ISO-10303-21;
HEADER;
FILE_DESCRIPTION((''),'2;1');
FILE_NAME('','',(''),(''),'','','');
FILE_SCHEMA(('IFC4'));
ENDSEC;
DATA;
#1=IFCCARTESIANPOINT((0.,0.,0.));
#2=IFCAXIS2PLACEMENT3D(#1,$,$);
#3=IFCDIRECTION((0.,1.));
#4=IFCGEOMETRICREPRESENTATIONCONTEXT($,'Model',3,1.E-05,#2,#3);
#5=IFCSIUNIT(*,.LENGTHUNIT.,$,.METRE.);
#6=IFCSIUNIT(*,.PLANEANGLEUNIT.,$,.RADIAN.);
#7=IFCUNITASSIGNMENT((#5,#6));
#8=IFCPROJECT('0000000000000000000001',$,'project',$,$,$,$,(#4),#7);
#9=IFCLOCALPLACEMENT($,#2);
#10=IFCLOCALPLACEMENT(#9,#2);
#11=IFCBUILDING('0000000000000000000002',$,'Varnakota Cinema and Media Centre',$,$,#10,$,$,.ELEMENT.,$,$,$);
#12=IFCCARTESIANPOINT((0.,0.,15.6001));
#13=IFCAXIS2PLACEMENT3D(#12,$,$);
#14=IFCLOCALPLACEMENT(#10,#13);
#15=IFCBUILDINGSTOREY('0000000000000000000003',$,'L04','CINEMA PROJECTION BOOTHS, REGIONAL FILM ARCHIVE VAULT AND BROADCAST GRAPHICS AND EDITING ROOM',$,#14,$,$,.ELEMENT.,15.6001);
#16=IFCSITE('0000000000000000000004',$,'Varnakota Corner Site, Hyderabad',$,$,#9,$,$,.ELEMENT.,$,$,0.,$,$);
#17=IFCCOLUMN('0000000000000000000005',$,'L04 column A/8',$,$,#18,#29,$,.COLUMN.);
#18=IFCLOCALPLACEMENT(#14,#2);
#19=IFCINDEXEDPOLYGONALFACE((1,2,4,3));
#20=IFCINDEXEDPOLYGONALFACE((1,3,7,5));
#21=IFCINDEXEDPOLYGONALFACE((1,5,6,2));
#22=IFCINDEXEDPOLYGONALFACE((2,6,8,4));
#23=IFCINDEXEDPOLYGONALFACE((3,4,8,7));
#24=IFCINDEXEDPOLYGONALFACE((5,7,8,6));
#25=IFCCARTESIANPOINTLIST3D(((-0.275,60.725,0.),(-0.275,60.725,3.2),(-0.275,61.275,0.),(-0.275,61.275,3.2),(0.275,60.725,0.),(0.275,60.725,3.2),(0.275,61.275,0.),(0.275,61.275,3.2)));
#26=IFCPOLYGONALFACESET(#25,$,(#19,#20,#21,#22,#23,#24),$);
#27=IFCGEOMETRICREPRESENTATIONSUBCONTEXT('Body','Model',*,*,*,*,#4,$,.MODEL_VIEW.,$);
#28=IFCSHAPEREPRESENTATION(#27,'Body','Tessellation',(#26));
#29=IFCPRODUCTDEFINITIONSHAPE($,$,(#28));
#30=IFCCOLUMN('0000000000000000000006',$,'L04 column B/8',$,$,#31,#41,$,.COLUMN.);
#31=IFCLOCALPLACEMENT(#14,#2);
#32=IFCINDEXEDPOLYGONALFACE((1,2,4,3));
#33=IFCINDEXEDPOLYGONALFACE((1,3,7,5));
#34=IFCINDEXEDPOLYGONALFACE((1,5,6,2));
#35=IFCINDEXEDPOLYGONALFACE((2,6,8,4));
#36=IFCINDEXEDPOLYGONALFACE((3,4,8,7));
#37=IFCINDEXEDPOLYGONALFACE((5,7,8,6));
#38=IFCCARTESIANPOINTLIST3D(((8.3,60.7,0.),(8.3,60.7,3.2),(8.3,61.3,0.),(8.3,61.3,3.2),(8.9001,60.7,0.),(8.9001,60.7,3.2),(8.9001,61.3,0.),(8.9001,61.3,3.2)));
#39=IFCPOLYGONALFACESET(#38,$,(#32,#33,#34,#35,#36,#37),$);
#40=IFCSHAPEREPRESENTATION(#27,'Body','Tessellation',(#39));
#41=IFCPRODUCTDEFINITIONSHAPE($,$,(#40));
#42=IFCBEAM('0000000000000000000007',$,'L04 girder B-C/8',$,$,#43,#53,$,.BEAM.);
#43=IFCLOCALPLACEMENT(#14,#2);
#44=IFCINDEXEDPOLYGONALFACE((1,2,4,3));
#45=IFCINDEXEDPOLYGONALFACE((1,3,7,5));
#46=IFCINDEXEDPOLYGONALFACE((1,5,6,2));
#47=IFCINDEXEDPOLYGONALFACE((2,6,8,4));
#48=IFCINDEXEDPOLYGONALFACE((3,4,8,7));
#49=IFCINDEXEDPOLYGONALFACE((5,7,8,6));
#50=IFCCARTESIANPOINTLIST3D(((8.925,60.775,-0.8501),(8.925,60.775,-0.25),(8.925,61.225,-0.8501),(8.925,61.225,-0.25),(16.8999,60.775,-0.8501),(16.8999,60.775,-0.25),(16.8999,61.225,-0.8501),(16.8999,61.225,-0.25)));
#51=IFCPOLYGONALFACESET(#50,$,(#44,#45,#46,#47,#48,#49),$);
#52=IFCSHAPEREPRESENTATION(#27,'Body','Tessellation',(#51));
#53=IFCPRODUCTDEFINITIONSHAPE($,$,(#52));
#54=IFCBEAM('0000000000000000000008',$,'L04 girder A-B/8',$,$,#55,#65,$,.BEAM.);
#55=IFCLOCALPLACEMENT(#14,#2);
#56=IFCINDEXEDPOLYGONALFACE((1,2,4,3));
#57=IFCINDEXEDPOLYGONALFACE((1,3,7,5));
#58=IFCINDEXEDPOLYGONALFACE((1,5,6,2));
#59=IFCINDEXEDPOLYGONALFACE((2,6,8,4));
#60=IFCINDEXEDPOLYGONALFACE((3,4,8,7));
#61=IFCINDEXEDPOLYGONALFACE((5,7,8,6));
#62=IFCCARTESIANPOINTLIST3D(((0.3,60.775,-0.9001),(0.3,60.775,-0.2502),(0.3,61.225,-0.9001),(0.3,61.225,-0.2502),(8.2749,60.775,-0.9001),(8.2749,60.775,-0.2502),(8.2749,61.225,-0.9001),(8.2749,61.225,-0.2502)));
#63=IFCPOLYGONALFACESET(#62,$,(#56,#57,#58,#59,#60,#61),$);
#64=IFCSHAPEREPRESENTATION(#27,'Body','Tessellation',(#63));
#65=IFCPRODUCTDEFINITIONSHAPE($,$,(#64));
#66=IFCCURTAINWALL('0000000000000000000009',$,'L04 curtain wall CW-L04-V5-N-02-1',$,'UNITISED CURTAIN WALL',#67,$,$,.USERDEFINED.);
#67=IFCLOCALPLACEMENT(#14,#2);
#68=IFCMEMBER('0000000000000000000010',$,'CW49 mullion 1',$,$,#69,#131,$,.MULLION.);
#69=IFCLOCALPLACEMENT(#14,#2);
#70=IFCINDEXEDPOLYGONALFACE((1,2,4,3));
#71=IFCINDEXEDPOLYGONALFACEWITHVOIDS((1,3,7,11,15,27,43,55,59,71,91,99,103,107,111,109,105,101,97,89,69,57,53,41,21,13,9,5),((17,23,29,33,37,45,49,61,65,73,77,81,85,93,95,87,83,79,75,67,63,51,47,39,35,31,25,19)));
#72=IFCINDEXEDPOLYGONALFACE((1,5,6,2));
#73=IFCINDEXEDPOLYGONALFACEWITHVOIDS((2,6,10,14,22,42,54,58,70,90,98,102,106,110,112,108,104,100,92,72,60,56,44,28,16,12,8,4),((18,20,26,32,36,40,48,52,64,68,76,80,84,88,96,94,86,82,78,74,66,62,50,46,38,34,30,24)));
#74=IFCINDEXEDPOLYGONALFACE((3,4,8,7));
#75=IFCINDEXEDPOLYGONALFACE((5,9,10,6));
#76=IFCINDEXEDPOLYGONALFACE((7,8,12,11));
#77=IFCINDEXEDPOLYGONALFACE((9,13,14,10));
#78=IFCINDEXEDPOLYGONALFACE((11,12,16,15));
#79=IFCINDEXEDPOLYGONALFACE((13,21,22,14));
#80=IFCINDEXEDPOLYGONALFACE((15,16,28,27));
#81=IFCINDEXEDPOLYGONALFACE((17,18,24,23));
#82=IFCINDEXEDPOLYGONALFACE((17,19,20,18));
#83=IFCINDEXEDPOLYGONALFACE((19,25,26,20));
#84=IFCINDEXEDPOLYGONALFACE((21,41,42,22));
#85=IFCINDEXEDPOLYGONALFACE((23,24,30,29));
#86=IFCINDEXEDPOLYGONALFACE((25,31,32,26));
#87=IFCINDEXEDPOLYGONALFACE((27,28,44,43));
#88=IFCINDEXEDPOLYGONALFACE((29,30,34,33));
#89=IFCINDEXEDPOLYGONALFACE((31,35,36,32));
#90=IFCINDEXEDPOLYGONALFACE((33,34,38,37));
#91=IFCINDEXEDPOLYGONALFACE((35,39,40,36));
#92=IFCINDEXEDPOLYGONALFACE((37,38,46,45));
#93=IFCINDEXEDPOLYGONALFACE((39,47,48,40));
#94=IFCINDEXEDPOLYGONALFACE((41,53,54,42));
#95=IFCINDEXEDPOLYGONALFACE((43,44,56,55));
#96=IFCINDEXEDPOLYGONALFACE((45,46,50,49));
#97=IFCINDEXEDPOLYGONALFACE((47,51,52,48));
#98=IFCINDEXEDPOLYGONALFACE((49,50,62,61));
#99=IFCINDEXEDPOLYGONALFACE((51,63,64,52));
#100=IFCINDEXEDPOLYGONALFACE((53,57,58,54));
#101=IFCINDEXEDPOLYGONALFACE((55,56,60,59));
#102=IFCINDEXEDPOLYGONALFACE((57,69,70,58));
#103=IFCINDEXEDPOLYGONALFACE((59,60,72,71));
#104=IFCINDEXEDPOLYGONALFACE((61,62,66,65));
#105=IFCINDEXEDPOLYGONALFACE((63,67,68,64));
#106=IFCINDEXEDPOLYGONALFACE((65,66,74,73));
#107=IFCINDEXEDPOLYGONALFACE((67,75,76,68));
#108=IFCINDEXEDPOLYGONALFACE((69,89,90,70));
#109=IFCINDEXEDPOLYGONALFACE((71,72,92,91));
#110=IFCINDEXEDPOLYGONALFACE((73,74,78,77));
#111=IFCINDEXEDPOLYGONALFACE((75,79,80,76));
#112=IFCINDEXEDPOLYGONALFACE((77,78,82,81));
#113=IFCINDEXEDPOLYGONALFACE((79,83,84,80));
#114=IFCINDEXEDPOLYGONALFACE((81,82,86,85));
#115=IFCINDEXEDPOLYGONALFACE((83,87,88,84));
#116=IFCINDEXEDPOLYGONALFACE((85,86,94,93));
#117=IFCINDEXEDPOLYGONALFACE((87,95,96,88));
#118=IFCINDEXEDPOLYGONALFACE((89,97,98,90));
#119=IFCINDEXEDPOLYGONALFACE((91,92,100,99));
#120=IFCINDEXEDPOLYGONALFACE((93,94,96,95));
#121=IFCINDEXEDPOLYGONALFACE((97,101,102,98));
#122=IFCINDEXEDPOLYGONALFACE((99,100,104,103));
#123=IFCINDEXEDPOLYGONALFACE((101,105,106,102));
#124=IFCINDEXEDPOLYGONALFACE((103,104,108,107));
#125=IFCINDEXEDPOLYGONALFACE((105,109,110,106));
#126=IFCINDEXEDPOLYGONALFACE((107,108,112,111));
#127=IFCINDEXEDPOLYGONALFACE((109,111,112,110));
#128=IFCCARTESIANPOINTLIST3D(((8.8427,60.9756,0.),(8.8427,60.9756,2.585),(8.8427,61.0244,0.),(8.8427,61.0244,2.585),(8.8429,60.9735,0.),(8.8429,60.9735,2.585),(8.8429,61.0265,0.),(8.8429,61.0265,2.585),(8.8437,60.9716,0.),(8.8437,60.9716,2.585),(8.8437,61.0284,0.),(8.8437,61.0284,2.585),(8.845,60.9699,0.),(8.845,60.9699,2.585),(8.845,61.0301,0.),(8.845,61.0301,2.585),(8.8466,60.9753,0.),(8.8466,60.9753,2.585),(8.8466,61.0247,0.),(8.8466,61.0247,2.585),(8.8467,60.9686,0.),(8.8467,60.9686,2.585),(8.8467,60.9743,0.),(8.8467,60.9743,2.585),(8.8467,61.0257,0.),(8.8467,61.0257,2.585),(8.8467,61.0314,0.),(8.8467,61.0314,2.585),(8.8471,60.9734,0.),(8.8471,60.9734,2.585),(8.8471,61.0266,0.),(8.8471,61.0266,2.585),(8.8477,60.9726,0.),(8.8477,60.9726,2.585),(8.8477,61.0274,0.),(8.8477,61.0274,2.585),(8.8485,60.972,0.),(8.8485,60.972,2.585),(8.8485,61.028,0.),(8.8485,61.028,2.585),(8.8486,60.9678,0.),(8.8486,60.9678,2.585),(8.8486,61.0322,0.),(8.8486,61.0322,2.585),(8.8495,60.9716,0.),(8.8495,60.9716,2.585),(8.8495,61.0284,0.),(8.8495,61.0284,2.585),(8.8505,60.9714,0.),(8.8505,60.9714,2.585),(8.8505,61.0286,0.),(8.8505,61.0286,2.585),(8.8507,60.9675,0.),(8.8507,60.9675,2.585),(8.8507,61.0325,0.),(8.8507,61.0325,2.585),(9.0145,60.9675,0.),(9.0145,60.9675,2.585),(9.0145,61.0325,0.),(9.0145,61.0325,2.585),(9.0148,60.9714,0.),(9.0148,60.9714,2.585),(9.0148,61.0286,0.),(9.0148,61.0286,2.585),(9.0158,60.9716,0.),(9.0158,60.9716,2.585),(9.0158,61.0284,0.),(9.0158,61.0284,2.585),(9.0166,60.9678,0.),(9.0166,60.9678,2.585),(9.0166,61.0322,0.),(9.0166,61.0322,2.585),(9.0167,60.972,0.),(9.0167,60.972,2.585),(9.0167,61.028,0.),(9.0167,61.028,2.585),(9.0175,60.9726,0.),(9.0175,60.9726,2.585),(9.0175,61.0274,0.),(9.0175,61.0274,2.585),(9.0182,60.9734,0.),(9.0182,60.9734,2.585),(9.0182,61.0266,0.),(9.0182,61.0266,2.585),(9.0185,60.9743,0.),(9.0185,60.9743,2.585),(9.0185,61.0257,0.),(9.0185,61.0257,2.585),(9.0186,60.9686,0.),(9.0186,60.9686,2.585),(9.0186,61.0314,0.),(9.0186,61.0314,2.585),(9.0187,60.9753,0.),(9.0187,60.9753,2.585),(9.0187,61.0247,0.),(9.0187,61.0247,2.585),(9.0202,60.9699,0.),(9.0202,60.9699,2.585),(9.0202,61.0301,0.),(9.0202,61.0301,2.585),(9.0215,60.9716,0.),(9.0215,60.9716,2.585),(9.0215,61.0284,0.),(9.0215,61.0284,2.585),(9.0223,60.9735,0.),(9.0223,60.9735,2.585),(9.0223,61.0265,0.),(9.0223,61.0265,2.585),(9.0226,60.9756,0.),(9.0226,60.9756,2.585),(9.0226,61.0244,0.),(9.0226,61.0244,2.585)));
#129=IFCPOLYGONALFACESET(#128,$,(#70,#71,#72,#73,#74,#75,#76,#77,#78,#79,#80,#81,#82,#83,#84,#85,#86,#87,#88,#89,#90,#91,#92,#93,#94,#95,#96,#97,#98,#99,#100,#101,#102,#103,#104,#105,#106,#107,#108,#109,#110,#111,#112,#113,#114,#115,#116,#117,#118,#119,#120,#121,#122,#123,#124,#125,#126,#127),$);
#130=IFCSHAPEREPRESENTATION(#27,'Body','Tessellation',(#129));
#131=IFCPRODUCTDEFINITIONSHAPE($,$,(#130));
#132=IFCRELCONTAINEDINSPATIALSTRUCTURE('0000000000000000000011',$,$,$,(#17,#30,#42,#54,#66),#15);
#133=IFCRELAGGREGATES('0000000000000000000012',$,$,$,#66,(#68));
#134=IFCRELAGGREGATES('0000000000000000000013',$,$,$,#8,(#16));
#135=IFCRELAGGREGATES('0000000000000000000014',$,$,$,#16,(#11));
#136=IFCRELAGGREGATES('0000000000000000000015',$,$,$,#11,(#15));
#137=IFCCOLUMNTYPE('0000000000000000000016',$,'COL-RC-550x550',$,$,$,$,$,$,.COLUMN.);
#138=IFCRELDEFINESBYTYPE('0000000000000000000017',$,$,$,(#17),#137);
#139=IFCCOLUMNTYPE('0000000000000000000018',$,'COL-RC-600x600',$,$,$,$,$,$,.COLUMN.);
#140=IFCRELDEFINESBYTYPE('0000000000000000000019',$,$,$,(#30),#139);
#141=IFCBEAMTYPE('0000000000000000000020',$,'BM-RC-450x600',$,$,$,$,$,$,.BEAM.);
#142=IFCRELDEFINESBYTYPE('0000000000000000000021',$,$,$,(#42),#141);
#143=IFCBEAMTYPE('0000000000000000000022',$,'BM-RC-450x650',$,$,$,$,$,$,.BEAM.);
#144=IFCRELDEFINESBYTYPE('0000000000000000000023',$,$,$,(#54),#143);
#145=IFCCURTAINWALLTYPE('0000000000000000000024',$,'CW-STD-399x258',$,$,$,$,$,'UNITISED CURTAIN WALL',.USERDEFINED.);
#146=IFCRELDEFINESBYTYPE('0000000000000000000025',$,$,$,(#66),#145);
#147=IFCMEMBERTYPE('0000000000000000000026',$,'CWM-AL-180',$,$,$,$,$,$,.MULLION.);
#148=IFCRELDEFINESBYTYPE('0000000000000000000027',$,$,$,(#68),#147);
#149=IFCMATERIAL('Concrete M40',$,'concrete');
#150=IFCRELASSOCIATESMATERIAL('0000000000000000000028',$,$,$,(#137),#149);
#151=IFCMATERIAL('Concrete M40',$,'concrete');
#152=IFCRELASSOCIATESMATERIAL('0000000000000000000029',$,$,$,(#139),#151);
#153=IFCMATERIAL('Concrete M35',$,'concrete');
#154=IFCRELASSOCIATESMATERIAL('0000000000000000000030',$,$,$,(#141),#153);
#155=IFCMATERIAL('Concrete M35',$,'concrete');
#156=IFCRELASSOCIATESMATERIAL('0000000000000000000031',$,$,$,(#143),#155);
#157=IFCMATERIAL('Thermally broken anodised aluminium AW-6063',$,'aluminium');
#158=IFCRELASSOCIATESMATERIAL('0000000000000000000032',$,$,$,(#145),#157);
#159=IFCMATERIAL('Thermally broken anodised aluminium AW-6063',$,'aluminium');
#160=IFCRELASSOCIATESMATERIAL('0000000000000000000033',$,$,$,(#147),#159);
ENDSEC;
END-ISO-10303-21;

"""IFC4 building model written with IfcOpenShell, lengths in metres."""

from ifc_helpers import new_model, si_unit, direction, frame, origin, origin_2d, place, context, subcontext, project, spatial, rectangle, hollow_rectangle, extrude, material, material_profile, profile_set, type_object, element, aggregate, save


model = new_model("IFC4")

# Units and contexts
model_context = context("Model", 3, precision=1e-05, world=origin(), true_north=direction((0.0, 1.0)))
body_context = subcontext(model_context, "Body", "Model", "MODEL_VIEW")
ifc_project = project(units=[si_unit("LENGTHUNIT", "METRE"), si_unit("PLANEANGLEUNIT", "RADIAN")], contexts=[model_context])

# Site, building, storey
site_placement = place(None, origin())
site = spatial("IfcSite", under=ifc_project, at=site_placement, Name="Varnakota Corner Site, Hyderabad", CompositionType="ELEMENT", RefElevation=0.0)
building_placement = place(site_placement, origin())
building = spatial("IfcBuilding", under=site, at=building_placement, Name="Varnakota Cinema and Media Centre", CompositionType="ELEMENT")
storey_placement = place(building_placement, frame((0.0, 0.0, 15.6001)))
storey = spatial("IfcBuildingStorey", under=building, at=storey_placement, Name="L04", Description="CINEMA PROJECTION BOOTHS, REGIONAL FILM ARCHIVE VAULT AND BROADCAST GRAPHICS AND EDITING ROOM", CompositionType="ELEMENT", Elevation=15.6001)

# Columns
ifc_material_1 = material(Name="Concrete M40", Category="concrete")
ifc_material_profile_1 = material_profile(ifc_material_1, rectangle(XDim=0.55, YDim=0.55, at=origin_2d()), Name="RC 550x550")
ifc_profile_set_1 = profile_set([ifc_material_profile_1], Name="Concrete M40")
column_type_1 = type_object("IfcColumnType", Name="COL-RC-550x550", PredefinedType="COLUMN", material=ifc_profile_set_1)
column_1_placement = place(storey_placement, frame((0.0, 61.0, 0.0), z_axis=(0.0, 0.0, 1.0), x_axis=(1.0, 0.0, 0.0)))
element("IfcColumn", 1, at=column_1_placement, inside=storey, type_object=column_type_1, Name="L04 column A/8", PredefinedType="COLUMN", context=body_context, shape_type="SweptSolid", body=[
    extrude(rectangle(XDim=0.55, YDim=0.55, at=origin_2d()), origin(), (0.0, 0.0, 1.0), 3.2),
])
ifc_material_2 = material(Name="Concrete M40", Category="concrete")
ifc_material_profile_2 = material_profile(ifc_material_2, rectangle(XDim=0.6001, YDim=0.6001, at=origin_2d()), Name="RC 600x600")
ifc_profile_set_2 = profile_set([ifc_material_profile_2], Name="Concrete M40")
column_type_2 = type_object("IfcColumnType", Name="COL-RC-600x600", PredefinedType="COLUMN", material=ifc_profile_set_2)
column_2_placement = place(storey_placement, frame((8.6001, 61.0, 0.0), z_axis=(0.0, 0.0, 1.0), x_axis=(1.0, 0.0, 0.0)))
element("IfcColumn", 2, at=column_2_placement, inside=storey, type_object=column_type_2, Name="L04 column B/8", PredefinedType="COLUMN", context=body_context, shape_type="SweptSolid", body=[
    extrude(rectangle(XDim=0.6001, YDim=0.6001, at=origin_2d()), origin(), (0.0, 0.0, 1.0), 3.2),
])

# Beams
ifc_material_3 = material(Name="Concrete M35", Category="concrete")
ifc_material_profile_3 = material_profile(ifc_material_3, rectangle(XDim=0.45, YDim=0.6001, at=origin_2d()), Name="RCB 450x600")
ifc_profile_set_3 = profile_set([ifc_material_profile_3], Name="Concrete M35")
beam_type_1 = type_object("IfcBeamType", Name="BM-RC-450x600", PredefinedType="BEAM", material=ifc_profile_set_3)
beam_1_placement = place(storey_placement, frame((8.925, 61.0, -0.55), z_axis=(1.0, 0.0, 0.0), x_axis=(0.0, 1.0, 0.0)))
element("IfcBeam", 3, at=beam_1_placement, inside=storey, type_object=beam_type_1, Name="L04 girder B-C/8", PredefinedType="BEAM", context=body_context, shape_type="SweptSolid", body=[
    extrude(rectangle(XDim=0.45, YDim=0.6001, at=origin_2d()), origin(), (0.0, 0.0, 1.0), 7.9749),
])
ifc_material_4 = material(Name="Concrete M35", Category="concrete")
ifc_material_profile_4 = material_profile(ifc_material_4, rectangle(XDim=0.45, YDim=0.6499, at=origin_2d()), Name="RCB 450x650")
ifc_profile_set_4 = profile_set([ifc_material_profile_4], Name="Concrete M35")
beam_type_2 = type_object("IfcBeamType", Name="BM-RC-450x650", PredefinedType="BEAM", material=ifc_profile_set_4)
beam_2_placement = place(storey_placement, frame((0.3, 61.0, -0.5752), z_axis=(1.0, 0.0, 0.0), x_axis=(0.0, 1.0, 0.0)))
element("IfcBeam", 4, at=beam_2_placement, inside=storey, type_object=beam_type_2, Name="L04 girder A-B/8", PredefinedType="BEAM", context=body_context, shape_type="SweptSolid", body=[
    extrude(rectangle(XDim=0.45, YDim=0.6499, at=origin_2d()), origin(), (0.0, 0.0, 1.0), 7.9749),
])

# Curtain wall, member
ifc_material_5 = material(Name="Thermally broken anodised aluminium AW-6063", Category="aluminium")
curtain_wall_type = type_object("IfcCurtainWallType", Name="CW-STD-399x258", ElementType="UNITISED CURTAIN WALL", PredefinedType="USERDEFINED", material=ifc_material_5)
curtain_wall_placement = place(storey_placement, origin())
curtain_wall = element("IfcCurtainWall", 5, at=curtain_wall_placement, inside=storey, type_object=curtain_wall_type, Name="L04 curtain wall CW-L04-V5-N-02-1", ObjectType="UNITISED CURTAIN WALL", PredefinedType="USERDEFINED")
ifc_material_6 = material(Name="Thermally broken anodised aluminium AW-6063", Category="aluminium")
ifc_material_profile_5 = material_profile(ifc_material_6, hollow_rectangle(XDim=0.0649, YDim=0.1799, WallThickness=0.0039, InnerFilletRadius=0.0039, OuterFilletRadius=0.0081, at=origin_2d()), Name="AL-MULLION 180x65x4")
ifc_profile_set_5 = profile_set([ifc_material_profile_5], Name="Thermally broken anodised aluminium AW-6063")
member_type_1 = type_object("IfcMemberType", Name="CWM-AL-180", PredefinedType="MULLION", material=ifc_profile_set_5)
member_1_placement = place(storey_placement, frame((8.9326, 61.0, 0.0), z_axis=(0.0, 0.0, 1.0), x_axis=(0.0, 1.0, 0.0)))
member_1 = element("IfcMember", 6, at=member_1_placement, type_object=member_type_1, Name="CW49 mullion 1", PredefinedType="MULLION", context=body_context, shape_type="SweptSolid", body=[
    extrude(hollow_rectangle(XDim=0.0649, YDim=0.1799, WallThickness=0.0039, InnerFilletRadius=0.0039, OuterFilletRadius=0.0081, at=origin_2d()), origin(), (0.0, 0.0, 1.0), 2.585),
])
aggregate(curtain_wall, [member_1])

save(model, "model.ifc")
